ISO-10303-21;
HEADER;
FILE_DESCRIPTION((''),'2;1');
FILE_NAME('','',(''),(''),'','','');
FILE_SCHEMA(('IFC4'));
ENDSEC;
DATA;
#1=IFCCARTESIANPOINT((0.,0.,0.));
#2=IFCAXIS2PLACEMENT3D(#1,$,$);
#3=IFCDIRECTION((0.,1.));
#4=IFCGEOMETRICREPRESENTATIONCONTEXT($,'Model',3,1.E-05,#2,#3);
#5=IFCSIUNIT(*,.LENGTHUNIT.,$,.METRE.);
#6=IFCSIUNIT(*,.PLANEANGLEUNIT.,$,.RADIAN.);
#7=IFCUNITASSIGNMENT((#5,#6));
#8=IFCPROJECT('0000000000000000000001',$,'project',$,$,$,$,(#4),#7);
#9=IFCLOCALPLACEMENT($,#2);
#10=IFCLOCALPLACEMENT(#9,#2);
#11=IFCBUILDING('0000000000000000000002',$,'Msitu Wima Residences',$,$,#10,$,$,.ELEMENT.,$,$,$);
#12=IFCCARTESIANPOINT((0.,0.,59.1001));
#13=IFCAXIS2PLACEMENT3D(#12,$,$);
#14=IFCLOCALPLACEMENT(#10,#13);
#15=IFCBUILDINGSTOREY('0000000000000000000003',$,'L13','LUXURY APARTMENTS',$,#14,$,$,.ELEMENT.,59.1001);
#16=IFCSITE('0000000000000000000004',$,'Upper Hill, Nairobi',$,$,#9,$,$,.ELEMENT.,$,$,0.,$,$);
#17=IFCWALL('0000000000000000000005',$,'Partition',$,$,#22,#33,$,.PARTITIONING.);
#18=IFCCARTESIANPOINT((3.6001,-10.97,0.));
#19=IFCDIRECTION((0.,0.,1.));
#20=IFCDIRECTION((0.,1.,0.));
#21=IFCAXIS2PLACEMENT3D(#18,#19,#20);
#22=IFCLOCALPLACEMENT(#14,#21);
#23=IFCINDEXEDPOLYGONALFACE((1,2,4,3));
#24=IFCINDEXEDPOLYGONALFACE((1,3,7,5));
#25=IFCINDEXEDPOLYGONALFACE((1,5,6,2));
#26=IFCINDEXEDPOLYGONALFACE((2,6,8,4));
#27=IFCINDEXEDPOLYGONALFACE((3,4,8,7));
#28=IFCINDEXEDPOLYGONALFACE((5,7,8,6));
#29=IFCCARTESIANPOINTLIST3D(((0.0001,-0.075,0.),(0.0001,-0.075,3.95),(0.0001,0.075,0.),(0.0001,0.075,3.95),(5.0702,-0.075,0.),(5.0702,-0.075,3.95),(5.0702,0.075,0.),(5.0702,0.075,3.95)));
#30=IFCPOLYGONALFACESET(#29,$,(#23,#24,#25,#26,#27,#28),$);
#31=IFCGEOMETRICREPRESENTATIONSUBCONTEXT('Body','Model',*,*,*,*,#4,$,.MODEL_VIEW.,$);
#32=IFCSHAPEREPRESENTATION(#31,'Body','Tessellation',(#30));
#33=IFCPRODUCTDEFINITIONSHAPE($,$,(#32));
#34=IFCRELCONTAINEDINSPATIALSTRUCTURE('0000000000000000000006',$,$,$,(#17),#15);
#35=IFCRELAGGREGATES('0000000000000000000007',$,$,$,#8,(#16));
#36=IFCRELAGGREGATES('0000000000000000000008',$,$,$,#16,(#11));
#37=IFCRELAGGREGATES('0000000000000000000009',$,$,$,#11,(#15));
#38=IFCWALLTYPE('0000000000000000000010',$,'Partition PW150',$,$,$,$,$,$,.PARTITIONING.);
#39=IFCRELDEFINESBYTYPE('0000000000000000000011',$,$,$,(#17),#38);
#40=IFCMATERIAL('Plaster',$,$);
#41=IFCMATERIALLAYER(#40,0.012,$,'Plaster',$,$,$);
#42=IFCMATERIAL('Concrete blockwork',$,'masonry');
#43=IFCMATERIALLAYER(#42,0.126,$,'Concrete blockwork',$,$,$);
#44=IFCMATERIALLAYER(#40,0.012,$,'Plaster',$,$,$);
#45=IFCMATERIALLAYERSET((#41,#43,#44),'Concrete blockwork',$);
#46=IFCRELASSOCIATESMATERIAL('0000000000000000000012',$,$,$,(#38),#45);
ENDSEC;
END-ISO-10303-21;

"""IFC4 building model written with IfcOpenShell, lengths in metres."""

from ifc_helpers import new_model, si_unit, direction, frame, frame_2d, origin, place, context, subcontext, project, spatial, rectangle, extrude, material, layer, layer_set, type_object, element, save


model = new_model("IFC4")

# Units and contexts
model_context = context("Model", 3, precision=1e-05, world=origin(), true_north=direction((0.0, 1.0)))
body_context = subcontext(model_context, "Body", "Model", "MODEL_VIEW")
ifc_project = project(units=[si_unit("LENGTHUNIT", "METRE"), si_unit("PLANEANGLEUNIT", "RADIAN")], contexts=[model_context])

# Site, building, storey
site_placement = place(None, origin())
site = spatial("IfcSite", under=ifc_project, at=site_placement, Name="Upper Hill, Nairobi", CompositionType="ELEMENT", RefElevation=0.0)
building_placement = place(site_placement, origin())
building = spatial("IfcBuilding", under=site, at=building_placement, Name="Msitu Wima Residences", CompositionType="ELEMENT")
storey_placement = place(building_placement, frame((0.0, 0.0, 59.1001)))
storey = spatial("IfcBuildingStorey", under=building, at=storey_placement, Name="L13", Description="LUXURY APARTMENTS", CompositionType="ELEMENT", Elevation=59.1001)

# Wall
ifc_material_1 = material(Name="Plaster")
ifc_layer_1 = layer(ifc_material_1, 0.012, Name="Plaster")
ifc_material_2 = material(Name="Concrete blockwork", Category="masonry")
ifc_layer_2 = layer(ifc_material_2, 0.126, Name="Concrete blockwork")
ifc_layer_3 = layer(ifc_material_1, 0.012, Name="Plaster")
ifc_layer_set_1 = layer_set([ifc_layer_1, ifc_layer_2, ifc_layer_3], Name="Concrete blockwork")
wall_type_1 = type_object("IfcWallType", Name="Partition PW150", PredefinedType="PARTITIONING", material=ifc_layer_set_1)
wall_1_placement = place(storey_placement, frame((3.6001, -10.97, 0.0), z_axis=(0.0, 0.0, 1.0), x_axis=(0.0, 1.0, 0.0)))
element("IfcWall", 1, at=wall_1_placement, inside=storey, type_object=wall_type_1, Name="Partition", PredefinedType="PARTITIONING", context=body_context, shape_type="SweptSolid", body=[
    extrude(rectangle(XDim=5.0701, YDim=0.1499, at=frame_2d((2.5352, 0.0))), origin(), (0.0, 0.0, 1.0), 3.95),
])

save(model, "model.ifc")
